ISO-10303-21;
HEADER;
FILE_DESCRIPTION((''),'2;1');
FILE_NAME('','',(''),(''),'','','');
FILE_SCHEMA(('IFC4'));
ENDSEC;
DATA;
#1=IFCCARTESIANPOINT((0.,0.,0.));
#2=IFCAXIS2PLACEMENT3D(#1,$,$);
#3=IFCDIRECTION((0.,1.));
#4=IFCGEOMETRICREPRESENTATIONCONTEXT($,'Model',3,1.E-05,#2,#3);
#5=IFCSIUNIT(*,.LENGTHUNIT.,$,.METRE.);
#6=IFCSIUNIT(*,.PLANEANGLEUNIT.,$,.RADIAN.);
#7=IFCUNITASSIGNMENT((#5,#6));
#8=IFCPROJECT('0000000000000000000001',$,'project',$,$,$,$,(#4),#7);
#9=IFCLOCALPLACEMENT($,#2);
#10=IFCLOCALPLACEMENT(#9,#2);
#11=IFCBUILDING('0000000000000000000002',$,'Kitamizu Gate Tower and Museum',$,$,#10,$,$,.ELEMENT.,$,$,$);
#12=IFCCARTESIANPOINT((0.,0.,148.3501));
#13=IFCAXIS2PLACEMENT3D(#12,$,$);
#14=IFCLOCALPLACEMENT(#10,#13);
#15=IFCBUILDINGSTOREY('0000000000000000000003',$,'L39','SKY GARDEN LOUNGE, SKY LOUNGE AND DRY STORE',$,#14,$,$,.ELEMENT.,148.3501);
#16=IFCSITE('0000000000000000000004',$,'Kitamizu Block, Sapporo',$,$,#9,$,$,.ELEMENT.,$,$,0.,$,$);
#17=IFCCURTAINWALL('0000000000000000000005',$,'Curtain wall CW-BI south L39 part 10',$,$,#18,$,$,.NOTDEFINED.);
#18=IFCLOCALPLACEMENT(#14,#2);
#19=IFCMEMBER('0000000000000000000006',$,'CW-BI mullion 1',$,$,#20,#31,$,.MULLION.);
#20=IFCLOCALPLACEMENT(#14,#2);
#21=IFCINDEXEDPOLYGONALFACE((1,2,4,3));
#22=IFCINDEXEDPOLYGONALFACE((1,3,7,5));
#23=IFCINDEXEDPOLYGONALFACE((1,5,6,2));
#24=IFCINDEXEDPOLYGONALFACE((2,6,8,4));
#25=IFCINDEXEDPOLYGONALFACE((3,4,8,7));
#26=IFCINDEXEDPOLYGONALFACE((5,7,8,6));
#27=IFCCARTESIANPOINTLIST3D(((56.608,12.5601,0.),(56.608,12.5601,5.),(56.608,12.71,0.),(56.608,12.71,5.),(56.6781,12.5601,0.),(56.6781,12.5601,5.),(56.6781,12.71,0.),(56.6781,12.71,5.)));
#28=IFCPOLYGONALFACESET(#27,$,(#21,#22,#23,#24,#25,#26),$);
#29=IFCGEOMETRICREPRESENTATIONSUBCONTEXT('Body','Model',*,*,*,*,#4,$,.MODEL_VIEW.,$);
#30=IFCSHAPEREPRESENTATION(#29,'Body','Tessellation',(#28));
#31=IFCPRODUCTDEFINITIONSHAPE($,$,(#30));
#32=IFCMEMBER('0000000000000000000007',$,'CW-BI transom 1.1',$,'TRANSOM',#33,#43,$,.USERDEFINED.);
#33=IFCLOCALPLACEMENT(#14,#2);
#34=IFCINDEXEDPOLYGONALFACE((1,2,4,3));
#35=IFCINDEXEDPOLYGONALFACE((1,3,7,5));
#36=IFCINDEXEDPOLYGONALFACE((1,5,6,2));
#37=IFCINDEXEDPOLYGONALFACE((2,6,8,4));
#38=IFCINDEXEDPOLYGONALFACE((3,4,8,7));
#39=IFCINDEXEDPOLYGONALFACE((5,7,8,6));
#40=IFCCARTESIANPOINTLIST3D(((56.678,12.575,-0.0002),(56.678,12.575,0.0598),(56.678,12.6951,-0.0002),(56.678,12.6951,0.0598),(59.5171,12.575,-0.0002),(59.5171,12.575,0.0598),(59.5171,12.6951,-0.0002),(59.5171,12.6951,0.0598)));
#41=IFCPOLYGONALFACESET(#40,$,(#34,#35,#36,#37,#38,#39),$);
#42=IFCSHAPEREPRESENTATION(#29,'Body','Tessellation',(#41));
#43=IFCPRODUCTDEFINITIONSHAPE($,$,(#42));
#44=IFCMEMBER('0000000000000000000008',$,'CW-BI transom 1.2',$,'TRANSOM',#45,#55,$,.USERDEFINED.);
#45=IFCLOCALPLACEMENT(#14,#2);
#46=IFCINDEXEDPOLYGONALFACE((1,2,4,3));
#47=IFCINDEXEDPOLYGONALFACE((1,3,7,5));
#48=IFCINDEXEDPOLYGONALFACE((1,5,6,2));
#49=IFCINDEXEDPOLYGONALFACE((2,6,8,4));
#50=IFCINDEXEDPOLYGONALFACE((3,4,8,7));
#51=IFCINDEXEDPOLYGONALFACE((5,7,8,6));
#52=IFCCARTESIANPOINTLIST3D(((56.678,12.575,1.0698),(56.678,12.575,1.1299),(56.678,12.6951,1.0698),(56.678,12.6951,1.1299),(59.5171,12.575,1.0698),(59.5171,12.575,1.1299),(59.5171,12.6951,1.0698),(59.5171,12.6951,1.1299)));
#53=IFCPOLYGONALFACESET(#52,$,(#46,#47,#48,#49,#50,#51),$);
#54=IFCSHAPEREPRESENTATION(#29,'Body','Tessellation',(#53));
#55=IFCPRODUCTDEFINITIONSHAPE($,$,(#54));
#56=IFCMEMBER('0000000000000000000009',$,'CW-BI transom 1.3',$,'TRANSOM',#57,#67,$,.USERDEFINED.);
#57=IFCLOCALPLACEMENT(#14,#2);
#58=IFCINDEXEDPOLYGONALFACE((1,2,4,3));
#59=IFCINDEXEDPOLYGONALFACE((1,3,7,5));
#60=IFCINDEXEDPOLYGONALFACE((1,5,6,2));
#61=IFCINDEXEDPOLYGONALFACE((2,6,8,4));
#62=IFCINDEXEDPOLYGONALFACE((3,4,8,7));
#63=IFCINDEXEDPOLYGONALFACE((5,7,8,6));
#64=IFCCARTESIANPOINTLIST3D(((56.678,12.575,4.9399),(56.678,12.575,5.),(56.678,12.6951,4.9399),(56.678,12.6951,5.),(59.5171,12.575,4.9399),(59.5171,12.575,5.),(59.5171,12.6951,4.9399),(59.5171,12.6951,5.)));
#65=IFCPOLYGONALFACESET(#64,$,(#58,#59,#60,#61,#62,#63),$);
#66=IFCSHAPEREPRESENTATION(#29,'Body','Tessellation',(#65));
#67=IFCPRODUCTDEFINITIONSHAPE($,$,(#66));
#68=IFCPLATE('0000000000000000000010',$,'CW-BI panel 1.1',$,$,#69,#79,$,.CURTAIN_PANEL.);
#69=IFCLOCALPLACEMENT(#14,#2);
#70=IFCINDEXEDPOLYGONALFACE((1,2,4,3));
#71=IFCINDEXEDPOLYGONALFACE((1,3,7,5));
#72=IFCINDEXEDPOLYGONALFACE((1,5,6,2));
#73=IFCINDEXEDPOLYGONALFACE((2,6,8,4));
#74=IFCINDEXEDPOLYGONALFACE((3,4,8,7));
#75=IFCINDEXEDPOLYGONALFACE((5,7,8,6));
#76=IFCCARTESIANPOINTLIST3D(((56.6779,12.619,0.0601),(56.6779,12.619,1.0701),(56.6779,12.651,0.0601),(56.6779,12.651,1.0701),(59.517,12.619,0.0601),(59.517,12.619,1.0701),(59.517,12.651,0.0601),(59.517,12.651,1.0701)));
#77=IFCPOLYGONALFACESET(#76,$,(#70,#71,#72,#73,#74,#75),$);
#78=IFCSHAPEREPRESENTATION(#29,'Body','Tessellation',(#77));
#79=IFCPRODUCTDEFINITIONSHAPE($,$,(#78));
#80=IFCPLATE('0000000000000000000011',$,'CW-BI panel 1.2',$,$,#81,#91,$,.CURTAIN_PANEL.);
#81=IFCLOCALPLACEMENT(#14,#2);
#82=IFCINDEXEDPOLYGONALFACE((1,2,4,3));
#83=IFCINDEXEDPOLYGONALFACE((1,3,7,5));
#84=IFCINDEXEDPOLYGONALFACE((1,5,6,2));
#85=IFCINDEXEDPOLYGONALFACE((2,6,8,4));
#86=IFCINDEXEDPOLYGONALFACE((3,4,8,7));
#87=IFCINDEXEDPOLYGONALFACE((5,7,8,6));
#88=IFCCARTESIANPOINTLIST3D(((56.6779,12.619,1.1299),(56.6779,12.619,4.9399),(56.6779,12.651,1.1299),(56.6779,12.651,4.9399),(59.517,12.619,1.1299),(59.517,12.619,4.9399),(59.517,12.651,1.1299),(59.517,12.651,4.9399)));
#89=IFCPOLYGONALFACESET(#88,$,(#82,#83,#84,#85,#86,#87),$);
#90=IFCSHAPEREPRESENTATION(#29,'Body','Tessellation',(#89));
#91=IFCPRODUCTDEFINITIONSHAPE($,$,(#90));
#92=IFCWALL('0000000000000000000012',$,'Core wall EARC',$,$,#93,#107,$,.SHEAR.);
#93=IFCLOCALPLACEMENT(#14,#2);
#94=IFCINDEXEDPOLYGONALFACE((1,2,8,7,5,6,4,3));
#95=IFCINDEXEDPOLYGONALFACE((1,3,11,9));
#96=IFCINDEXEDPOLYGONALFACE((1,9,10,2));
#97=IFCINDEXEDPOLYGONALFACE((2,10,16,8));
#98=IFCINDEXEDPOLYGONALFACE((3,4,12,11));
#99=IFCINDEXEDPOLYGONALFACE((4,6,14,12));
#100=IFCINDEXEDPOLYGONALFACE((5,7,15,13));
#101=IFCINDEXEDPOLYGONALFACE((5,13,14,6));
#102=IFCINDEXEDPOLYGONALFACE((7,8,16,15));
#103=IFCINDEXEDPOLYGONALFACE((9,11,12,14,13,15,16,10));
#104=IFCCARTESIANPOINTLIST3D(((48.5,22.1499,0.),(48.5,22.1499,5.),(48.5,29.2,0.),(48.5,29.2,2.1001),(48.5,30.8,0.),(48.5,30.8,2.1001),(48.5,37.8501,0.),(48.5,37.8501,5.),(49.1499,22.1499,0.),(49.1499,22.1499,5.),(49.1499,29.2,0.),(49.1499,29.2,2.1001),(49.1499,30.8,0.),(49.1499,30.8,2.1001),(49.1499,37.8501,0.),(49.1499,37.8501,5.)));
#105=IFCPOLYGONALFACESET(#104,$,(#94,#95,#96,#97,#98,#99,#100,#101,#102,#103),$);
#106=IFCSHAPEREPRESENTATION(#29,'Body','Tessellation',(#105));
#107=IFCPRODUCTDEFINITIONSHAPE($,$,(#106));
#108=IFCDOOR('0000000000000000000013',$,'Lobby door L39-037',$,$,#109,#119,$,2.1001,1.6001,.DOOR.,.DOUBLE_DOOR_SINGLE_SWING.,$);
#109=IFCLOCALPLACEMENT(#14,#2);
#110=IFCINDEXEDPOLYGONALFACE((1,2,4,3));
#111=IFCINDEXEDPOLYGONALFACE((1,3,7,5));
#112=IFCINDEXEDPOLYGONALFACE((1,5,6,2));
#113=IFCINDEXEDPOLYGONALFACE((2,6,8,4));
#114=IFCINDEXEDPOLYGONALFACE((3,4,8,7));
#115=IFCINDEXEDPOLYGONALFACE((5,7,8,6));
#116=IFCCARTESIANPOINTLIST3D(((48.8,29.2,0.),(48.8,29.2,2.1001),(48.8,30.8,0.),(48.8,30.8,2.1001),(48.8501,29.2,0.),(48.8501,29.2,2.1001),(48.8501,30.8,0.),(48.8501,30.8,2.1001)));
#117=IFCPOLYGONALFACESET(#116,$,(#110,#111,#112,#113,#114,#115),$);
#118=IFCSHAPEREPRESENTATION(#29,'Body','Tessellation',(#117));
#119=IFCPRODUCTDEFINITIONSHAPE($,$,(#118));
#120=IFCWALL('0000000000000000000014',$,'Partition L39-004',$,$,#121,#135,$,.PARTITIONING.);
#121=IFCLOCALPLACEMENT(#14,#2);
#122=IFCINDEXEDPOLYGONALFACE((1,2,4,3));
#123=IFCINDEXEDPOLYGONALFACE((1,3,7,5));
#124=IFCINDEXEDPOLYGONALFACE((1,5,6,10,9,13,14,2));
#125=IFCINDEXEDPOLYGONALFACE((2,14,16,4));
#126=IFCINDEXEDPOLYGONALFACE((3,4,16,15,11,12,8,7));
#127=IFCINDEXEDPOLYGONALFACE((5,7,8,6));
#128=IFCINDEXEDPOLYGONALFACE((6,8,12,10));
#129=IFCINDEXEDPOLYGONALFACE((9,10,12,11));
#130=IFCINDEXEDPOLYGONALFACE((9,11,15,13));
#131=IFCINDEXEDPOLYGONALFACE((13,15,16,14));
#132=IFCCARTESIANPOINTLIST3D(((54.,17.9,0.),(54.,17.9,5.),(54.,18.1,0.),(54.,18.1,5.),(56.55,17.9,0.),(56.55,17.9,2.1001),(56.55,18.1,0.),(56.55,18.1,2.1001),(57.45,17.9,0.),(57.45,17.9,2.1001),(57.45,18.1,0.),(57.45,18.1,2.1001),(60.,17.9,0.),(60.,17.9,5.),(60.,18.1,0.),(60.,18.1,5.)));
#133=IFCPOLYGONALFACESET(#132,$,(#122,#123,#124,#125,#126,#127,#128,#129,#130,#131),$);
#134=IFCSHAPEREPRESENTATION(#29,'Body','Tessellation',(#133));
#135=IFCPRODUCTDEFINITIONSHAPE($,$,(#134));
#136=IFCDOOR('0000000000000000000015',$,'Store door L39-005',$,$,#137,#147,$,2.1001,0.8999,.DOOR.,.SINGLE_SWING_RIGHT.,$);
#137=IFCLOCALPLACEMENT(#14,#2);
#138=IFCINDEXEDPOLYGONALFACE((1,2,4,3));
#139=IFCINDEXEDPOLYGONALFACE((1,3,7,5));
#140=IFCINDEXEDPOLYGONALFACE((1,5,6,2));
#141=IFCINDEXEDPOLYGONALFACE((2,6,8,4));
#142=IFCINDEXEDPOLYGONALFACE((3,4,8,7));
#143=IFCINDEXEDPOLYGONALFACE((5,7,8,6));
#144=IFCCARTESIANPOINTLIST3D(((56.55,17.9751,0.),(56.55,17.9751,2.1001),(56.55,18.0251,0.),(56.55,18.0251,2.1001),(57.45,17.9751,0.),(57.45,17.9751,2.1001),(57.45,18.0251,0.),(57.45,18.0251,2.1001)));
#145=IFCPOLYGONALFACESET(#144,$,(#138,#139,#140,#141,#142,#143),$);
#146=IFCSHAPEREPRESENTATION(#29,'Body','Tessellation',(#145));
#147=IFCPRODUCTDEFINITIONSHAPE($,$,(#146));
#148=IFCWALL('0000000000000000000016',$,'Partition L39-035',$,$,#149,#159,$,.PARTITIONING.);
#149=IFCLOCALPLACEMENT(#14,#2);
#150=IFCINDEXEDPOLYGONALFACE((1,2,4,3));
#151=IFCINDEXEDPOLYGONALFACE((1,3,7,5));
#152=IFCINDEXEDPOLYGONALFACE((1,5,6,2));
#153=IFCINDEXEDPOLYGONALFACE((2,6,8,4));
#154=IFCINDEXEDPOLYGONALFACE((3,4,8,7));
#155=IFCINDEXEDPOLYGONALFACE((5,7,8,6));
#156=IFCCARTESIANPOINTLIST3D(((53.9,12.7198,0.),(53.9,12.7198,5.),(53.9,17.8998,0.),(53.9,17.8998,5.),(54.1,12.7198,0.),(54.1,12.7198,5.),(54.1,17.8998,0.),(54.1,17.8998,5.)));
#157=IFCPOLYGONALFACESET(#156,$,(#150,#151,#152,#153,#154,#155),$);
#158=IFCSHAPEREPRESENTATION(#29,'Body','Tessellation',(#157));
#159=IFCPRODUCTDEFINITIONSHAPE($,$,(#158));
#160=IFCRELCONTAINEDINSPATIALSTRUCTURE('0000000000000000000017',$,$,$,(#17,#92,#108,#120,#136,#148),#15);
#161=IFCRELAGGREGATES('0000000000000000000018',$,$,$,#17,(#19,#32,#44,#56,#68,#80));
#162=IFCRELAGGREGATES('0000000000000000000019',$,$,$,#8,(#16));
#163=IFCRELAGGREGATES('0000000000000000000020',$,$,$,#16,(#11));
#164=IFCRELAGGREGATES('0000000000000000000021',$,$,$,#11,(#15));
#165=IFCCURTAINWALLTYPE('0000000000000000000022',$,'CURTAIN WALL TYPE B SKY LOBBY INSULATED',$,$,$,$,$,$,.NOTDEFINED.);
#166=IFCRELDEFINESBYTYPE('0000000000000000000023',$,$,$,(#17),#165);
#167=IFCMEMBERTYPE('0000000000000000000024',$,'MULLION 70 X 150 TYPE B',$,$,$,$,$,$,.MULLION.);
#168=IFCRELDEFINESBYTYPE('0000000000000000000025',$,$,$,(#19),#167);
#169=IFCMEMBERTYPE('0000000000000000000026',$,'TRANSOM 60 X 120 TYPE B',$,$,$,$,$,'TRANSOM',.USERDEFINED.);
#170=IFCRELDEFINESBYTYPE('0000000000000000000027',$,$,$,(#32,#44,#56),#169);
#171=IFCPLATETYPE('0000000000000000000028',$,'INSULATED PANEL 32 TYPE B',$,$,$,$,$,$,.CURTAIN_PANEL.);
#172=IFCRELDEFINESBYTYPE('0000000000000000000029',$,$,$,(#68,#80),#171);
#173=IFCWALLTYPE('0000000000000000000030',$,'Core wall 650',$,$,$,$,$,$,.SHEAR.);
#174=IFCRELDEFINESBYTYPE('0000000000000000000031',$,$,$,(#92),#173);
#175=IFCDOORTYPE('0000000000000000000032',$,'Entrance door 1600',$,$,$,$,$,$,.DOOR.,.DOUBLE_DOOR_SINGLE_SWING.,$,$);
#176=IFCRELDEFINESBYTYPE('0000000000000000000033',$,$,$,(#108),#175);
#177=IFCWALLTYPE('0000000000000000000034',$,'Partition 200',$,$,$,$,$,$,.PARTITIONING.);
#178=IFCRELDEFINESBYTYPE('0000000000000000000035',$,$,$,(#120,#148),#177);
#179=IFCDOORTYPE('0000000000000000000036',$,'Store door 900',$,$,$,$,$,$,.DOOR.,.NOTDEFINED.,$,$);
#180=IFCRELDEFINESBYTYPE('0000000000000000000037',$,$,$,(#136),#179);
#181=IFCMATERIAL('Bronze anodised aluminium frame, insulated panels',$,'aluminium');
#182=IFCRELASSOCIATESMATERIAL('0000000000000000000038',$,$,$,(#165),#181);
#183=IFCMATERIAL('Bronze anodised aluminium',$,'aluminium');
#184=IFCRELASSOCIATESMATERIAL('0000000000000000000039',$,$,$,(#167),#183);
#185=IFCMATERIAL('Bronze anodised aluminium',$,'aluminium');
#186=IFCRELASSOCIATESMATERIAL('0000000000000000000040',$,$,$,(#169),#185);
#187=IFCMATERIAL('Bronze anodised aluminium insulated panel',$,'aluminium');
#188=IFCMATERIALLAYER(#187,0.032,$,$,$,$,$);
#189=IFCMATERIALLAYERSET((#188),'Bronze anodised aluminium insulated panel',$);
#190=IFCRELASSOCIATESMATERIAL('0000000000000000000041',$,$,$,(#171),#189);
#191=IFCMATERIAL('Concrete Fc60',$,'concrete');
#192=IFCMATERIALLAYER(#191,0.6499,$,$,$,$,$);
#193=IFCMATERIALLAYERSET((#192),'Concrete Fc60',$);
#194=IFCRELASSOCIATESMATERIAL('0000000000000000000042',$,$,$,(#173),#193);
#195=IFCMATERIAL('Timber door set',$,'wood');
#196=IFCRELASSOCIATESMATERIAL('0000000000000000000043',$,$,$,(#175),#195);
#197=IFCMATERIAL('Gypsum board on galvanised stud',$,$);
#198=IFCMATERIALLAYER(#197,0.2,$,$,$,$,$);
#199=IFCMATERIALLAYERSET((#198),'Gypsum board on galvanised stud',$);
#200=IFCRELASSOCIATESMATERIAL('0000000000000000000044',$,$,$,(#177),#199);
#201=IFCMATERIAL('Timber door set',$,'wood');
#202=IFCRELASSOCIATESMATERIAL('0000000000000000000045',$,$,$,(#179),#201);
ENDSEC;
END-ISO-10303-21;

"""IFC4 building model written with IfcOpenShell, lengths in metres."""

from ifc_helpers import new_model, si_unit, direction, frame, frame_2d, origin, origin_2d, place, context, subcontext, project, spatial, rectangle, extrude, material, layer, layer_set, material_profile, profile_set, type_object, element, fill, aggregate, save


model = new_model("IFC4")

# Units and contexts
model_context = context("Model", 3, precision=1e-05, world=origin(), true_north=direction((0.0, 1.0)))
body_context = subcontext(model_context, "Body", "Model", "MODEL_VIEW")
ifc_project = project(units=[si_unit("LENGTHUNIT", "METRE"), si_unit("PLANEANGLEUNIT", "RADIAN")], contexts=[model_context])

# Site, building, storey
site_placement = place(None, origin())
site = spatial("IfcSite", under=ifc_project, at=site_placement, Name="Kitamizu Block, Sapporo", CompositionType="ELEMENT", RefElevation=0.0)
building_placement = place(site_placement, origin())
building = spatial("IfcBuilding", under=site, at=building_placement, Name="Kitamizu Gate Tower and Museum", CompositionType="ELEMENT")
storey_placement = place(building_placement, frame((0.0, 0.0, 148.3501)))
storey = spatial("IfcBuildingStorey", under=building, at=storey_placement, Name="L39", Description="SKY GARDEN LOUNGE, SKY LOUNGE AND DRY STORE", CompositionType="ELEMENT", Elevation=148.3501)

# Curtain wall, members, plates
ifc_material_1 = material(Name="Bronze anodised aluminium frame, insulated panels", Category="aluminium")
curtain_wall_type = type_object("IfcCurtainWallType", Name="CURTAIN WALL TYPE B SKY LOBBY INSULATED", PredefinedType="NOTDEFINED", material=ifc_material_1)
curtain_wall_placement = place(storey_placement, origin())
curtain_wall = element("IfcCurtainWall", 1, at=curtain_wall_placement, inside=storey, type_object=curtain_wall_type, Name="Curtain wall CW-BI south L39 part 10", PredefinedType="NOTDEFINED")
ifc_material_2 = material(Name="Bronze anodised aluminium", Category="aluminium")
ifc_material_profile_1 = material_profile(ifc_material_2, rectangle(XDim=0.0701, YDim=0.1499, at=origin_2d()), Name="AL 70X150")
ifc_profile_set_1 = profile_set([ifc_material_profile_1], Name="Bronze anodised aluminium")
member_type_1 = type_object("IfcMemberType", Name="MULLION 70 X 150 TYPE B", PredefinedType="MULLION", material=ifc_profile_set_1)
member_1_placement = place(storey_placement, frame((56.6431, 12.635, 0.0), z_axis=(0.0, 0.0, 1.0), x_axis=(1.0, 0.0, 0.0)))
member_1 = element("IfcMember", 2, at=member_1_placement, type_object=member_type_1, Name="CW-BI mullion 1", PredefinedType="MULLION", context=body_context, shape_type="SweptSolid", body=[
    extrude(rectangle(XDim=0.0701, YDim=0.1499, at=origin_2d()), origin(), (0.0, 0.0, 1.0), 5.0),
])
ifc_material_3 = material(Name="Bronze anodised aluminium", Category="aluminium")
ifc_material_profile_2 = material_profile(ifc_material_3, rectangle(XDim=0.1201, YDim=0.0601, at=origin_2d()), Name="AL 60X120")
ifc_profile_set_2 = profile_set([ifc_material_profile_2], Name="Bronze anodised aluminium")
member_type_2 = type_object("IfcMemberType", Name="TRANSOM 60 X 120 TYPE B", ElementType="TRANSOM", PredefinedType="USERDEFINED", material=ifc_profile_set_2)
member_2_placement = place(storey_placement, frame((56.678, 12.635, 0.0298), z_axis=(1.0, 0.0, 0.0), x_axis=(0.0, 1.0, 0.0)))
member_2 = element("IfcMember", 3, at=member_2_placement, type_object=member_type_2, Name="CW-BI transom 1.1", ObjectType="TRANSOM", PredefinedType="USERDEFINED", context=body_context, shape_type="SweptSolid", body=[
    extrude(rectangle(XDim=0.1201, YDim=0.0601, at=origin_2d()), origin(), (0.0, 0.0, 1.0), 2.8391),
])
member_3_placement = place(storey_placement, frame((56.678, 12.635, 1.0999), z_axis=(1.0, 0.0, 0.0), x_axis=(0.0, 1.0, 0.0)))
member_3 = element("IfcMember", 4, at=member_3_placement, type_object=member_type_2, Name="CW-BI transom 1.2", ObjectType="TRANSOM", PredefinedType="USERDEFINED", context=body_context, shape_type="SweptSolid", body=[
    extrude(rectangle(XDim=0.1201, YDim=0.0601, at=origin_2d()), origin(), (0.0, 0.0, 1.0), 2.8391),
])
member_4_placement = place(storey_placement, frame((56.678, 12.635, 4.97), z_axis=(1.0, 0.0, 0.0), x_axis=(0.0, 1.0, 0.0)))
member_4 = element("IfcMember", 5, at=member_4_placement, type_object=member_type_2, Name="CW-BI transom 1.3", ObjectType="TRANSOM", PredefinedType="USERDEFINED", context=body_context, shape_type="SweptSolid", body=[
    extrude(rectangle(XDim=0.1201, YDim=0.0601, at=origin_2d()), origin(), (0.0, 0.0, 1.0), 2.8391),
])
ifc_material_4 = material(Name="Bronze anodised aluminium insulated panel", Category="aluminium")
ifc_layer_1 = layer(ifc_material_4, 0.032)
ifc_layer_set_1 = layer_set([ifc_layer_1], Name="Bronze anodised aluminium insulated panel")
plate_type = type_object("IfcPlateType", Name="INSULATED PANEL 32 TYPE B", PredefinedType="CURTAIN_PANEL", material=ifc_layer_set_1)
plate_1_placement = place(storey_placement, frame((58.0974, 12.635, 0.0601), z_axis=(0.0, 0.0, 1.0), x_axis=(1.0, 0.0, 0.0)))
plate_1 = element("IfcPlate", 6, at=plate_1_placement, type_object=plate_type, Name="CW-BI panel 1.1", PredefinedType="CURTAIN_PANEL", context=body_context, shape_type="SweptSolid", body=[
    extrude(rectangle(XDim=2.8391, YDim=0.032, at=origin_2d()), origin(), (0.0, 0.0, 1.0), 1.01),
])
plate_2_placement = place(storey_placement, frame((58.0974, 12.635, 1.1299), z_axis=(0.0, 0.0, 1.0), x_axis=(1.0, 0.0, 0.0)))
plate_2 = element("IfcPlate", 7, at=plate_2_placement, type_object=plate_type, Name="CW-BI panel 1.2", PredefinedType="CURTAIN_PANEL", context=body_context, shape_type="SweptSolid", body=[
    extrude(rectangle(XDim=2.8391, YDim=0.032, at=origin_2d()), origin(), (0.0, 0.0, 1.0), 3.8101),
])
aggregate(curtain_wall, [member_1, member_2, member_3, member_4, plate_1, plate_2])

# Walls, openings, doors
ifc_material_5 = material(Name="Concrete Fc60", Category="concrete")
ifc_layer_2 = layer(ifc_material_5, 0.6499)
ifc_layer_set_2 = layer_set([ifc_layer_2], Name="Concrete Fc60")
wall_type_1 = type_object("IfcWallType", Name="Core wall 650", PredefinedType="SHEAR", material=ifc_layer_set_2)
wall_1_placement = place(storey_placement, frame((48.825, 22.1499, 0.0), z_axis=(0.0, 0.0, 1.0), x_axis=(0.0, 1.0, 0.0)))
wall_1 = element("IfcWall", 8, at=wall_1_placement, inside=storey, type_object=wall_type_1, Name="Core wall EARC", PredefinedType="SHEAR", context=body_context, shape_type="SweptSolid", body=[
    extrude(rectangle(XDim=15.7002, YDim=0.6499, at=frame_2d((7.8501, 0.0))), origin(), (0.0, 0.0, 1.0), 5.0),
])
opening_1_placement = place(wall_1_placement, frame((7.05, 0.0, 0.0)))
opening_1 = element("IfcOpeningElement", 9, at=opening_1_placement, cuts=wall_1, PredefinedType="OPENING", context=body_context, shape_type="SweptSolid", body=[
    extrude(rectangle(XDim=1.6001, YDim=2.1001, at=frame_2d((0.8, 1.05))), frame((0.0, 0.335, 0.0), z_axis=(0.0, -1.0, 0.0), x_axis=(1.0, 0.0, 0.0)), (0.0, 0.0, 1.0), 0.6699),
])
ifc_material_6 = material(Name="Timber door set", Category="wood")
door_type_1 = type_object("IfcDoorType", Name="Entrance door 1600", OperationType="DOUBLE_DOOR_SINGLE_SWING", PredefinedType="DOOR", material=ifc_material_6)
door_1_placement = place(opening_1_placement, origin())
door_1 = element("IfcDoor", 10, at=door_1_placement, inside=storey, type_object=door_type_1, Name="Lobby door L39-037", OperationType="DOUBLE_DOOR_SINGLE_SWING", OverallHeight=2.1001, OverallWidth=1.6001, PredefinedType="DOOR", context=body_context, shape_type="SweptSolid", body=[
    extrude(rectangle(XDim=1.6001, YDim=2.1001, at=frame_2d((0.8, 1.05))), frame((0.0, 0.0249, 0.0), z_axis=(0.0, -1.0, 0.0), x_axis=(1.0, 0.0, 0.0)), (0.0, 0.0, 1.0), 0.05),
])
fill(opening_1, door_1)
ifc_material_7 = material(Name="Gypsum board on galvanised stud")
ifc_layer_3 = layer(ifc_material_7, 0.2)
ifc_layer_set_3 = layer_set([ifc_layer_3], Name="Gypsum board on galvanised stud")
wall_type_2 = type_object("IfcWallType", Name="Partition 200", PredefinedType="PARTITIONING", material=ifc_layer_set_3)
wall_2_placement = place(storey_placement, frame((54.0, 18.0, 0.0), z_axis=(0.0, 0.0, 1.0), x_axis=(1.0, 0.0, 0.0)))
wall_2 = element("IfcWall", 11, at=wall_2_placement, inside=storey, type_object=wall_type_2, Name="Partition L39-004", PredefinedType="PARTITIONING", context=body_context, shape_type="SweptSolid", body=[
    extrude(rectangle(XDim=6.0, YDim=0.2, at=frame_2d((3.0, 0.0))), origin(), (0.0, 0.0, 1.0), 5.0),
])
opening_2_placement = place(wall_2_placement, frame((2.55, 0.0, 0.0)))
opening_2 = element("IfcOpeningElement", 12, at=opening_2_placement, cuts=wall_2, PredefinedType="OPENING", context=body_context, shape_type="SweptSolid", body=[
    extrude(rectangle(XDim=0.8999, YDim=2.1001, at=frame_2d((0.45, 1.05))), frame((0.0, 0.1099, 0.0), z_axis=(0.0, -1.0, 0.0), x_axis=(1.0, 0.0, 0.0)), (0.0, 0.0, 1.0), 0.22),
])
ifc_material_8 = material(Name="Timber door set", Category="wood")
door_type_2 = type_object("IfcDoorType", Name="Store door 900", OperationType="NOTDEFINED", PredefinedType="DOOR", material=ifc_material_8)
door_2_placement = place(opening_2_placement, frame((0.8999, 0.0, 0.0), x_axis=(-1.0, 0.0, 0.0)))
door_2 = element("IfcDoor", 13, at=door_2_placement, inside=storey, type_object=door_type_2, Name="Store door L39-005", OperationType="SINGLE_SWING_RIGHT", OverallHeight=2.1001, OverallWidth=0.8999, PredefinedType="DOOR", context=body_context, shape_type="SweptSolid", body=[
    extrude(rectangle(XDim=0.8999, YDim=2.1001, at=frame_2d((0.45, 1.05))), frame((0.0, 0.0249, 0.0), z_axis=(0.0, -1.0, 0.0), x_axis=(1.0, 0.0, 0.0)), (0.0, 0.0, 1.0), 0.05),
])
fill(opening_2, door_2)

# Wall
wall_3_placement = place(storey_placement, frame((54.0, 12.72, 0.0), z_axis=(0.0, 0.0, 1.0), x_axis=(0.0, 1.0, 0.0)))
element("IfcWall", 14, at=wall_3_placement, inside=storey, type_object=wall_type_2, Name="Partition L39-035", PredefinedType="PARTITIONING", context=body_context, shape_type="SweptSolid", body=[
    extrude(rectangle(XDim=5.1799, YDim=0.2, at=frame_2d((2.5898, 0.0))), origin(), (0.0, 0.0, 1.0), 5.0),
])

save(model, "model.ifc")
